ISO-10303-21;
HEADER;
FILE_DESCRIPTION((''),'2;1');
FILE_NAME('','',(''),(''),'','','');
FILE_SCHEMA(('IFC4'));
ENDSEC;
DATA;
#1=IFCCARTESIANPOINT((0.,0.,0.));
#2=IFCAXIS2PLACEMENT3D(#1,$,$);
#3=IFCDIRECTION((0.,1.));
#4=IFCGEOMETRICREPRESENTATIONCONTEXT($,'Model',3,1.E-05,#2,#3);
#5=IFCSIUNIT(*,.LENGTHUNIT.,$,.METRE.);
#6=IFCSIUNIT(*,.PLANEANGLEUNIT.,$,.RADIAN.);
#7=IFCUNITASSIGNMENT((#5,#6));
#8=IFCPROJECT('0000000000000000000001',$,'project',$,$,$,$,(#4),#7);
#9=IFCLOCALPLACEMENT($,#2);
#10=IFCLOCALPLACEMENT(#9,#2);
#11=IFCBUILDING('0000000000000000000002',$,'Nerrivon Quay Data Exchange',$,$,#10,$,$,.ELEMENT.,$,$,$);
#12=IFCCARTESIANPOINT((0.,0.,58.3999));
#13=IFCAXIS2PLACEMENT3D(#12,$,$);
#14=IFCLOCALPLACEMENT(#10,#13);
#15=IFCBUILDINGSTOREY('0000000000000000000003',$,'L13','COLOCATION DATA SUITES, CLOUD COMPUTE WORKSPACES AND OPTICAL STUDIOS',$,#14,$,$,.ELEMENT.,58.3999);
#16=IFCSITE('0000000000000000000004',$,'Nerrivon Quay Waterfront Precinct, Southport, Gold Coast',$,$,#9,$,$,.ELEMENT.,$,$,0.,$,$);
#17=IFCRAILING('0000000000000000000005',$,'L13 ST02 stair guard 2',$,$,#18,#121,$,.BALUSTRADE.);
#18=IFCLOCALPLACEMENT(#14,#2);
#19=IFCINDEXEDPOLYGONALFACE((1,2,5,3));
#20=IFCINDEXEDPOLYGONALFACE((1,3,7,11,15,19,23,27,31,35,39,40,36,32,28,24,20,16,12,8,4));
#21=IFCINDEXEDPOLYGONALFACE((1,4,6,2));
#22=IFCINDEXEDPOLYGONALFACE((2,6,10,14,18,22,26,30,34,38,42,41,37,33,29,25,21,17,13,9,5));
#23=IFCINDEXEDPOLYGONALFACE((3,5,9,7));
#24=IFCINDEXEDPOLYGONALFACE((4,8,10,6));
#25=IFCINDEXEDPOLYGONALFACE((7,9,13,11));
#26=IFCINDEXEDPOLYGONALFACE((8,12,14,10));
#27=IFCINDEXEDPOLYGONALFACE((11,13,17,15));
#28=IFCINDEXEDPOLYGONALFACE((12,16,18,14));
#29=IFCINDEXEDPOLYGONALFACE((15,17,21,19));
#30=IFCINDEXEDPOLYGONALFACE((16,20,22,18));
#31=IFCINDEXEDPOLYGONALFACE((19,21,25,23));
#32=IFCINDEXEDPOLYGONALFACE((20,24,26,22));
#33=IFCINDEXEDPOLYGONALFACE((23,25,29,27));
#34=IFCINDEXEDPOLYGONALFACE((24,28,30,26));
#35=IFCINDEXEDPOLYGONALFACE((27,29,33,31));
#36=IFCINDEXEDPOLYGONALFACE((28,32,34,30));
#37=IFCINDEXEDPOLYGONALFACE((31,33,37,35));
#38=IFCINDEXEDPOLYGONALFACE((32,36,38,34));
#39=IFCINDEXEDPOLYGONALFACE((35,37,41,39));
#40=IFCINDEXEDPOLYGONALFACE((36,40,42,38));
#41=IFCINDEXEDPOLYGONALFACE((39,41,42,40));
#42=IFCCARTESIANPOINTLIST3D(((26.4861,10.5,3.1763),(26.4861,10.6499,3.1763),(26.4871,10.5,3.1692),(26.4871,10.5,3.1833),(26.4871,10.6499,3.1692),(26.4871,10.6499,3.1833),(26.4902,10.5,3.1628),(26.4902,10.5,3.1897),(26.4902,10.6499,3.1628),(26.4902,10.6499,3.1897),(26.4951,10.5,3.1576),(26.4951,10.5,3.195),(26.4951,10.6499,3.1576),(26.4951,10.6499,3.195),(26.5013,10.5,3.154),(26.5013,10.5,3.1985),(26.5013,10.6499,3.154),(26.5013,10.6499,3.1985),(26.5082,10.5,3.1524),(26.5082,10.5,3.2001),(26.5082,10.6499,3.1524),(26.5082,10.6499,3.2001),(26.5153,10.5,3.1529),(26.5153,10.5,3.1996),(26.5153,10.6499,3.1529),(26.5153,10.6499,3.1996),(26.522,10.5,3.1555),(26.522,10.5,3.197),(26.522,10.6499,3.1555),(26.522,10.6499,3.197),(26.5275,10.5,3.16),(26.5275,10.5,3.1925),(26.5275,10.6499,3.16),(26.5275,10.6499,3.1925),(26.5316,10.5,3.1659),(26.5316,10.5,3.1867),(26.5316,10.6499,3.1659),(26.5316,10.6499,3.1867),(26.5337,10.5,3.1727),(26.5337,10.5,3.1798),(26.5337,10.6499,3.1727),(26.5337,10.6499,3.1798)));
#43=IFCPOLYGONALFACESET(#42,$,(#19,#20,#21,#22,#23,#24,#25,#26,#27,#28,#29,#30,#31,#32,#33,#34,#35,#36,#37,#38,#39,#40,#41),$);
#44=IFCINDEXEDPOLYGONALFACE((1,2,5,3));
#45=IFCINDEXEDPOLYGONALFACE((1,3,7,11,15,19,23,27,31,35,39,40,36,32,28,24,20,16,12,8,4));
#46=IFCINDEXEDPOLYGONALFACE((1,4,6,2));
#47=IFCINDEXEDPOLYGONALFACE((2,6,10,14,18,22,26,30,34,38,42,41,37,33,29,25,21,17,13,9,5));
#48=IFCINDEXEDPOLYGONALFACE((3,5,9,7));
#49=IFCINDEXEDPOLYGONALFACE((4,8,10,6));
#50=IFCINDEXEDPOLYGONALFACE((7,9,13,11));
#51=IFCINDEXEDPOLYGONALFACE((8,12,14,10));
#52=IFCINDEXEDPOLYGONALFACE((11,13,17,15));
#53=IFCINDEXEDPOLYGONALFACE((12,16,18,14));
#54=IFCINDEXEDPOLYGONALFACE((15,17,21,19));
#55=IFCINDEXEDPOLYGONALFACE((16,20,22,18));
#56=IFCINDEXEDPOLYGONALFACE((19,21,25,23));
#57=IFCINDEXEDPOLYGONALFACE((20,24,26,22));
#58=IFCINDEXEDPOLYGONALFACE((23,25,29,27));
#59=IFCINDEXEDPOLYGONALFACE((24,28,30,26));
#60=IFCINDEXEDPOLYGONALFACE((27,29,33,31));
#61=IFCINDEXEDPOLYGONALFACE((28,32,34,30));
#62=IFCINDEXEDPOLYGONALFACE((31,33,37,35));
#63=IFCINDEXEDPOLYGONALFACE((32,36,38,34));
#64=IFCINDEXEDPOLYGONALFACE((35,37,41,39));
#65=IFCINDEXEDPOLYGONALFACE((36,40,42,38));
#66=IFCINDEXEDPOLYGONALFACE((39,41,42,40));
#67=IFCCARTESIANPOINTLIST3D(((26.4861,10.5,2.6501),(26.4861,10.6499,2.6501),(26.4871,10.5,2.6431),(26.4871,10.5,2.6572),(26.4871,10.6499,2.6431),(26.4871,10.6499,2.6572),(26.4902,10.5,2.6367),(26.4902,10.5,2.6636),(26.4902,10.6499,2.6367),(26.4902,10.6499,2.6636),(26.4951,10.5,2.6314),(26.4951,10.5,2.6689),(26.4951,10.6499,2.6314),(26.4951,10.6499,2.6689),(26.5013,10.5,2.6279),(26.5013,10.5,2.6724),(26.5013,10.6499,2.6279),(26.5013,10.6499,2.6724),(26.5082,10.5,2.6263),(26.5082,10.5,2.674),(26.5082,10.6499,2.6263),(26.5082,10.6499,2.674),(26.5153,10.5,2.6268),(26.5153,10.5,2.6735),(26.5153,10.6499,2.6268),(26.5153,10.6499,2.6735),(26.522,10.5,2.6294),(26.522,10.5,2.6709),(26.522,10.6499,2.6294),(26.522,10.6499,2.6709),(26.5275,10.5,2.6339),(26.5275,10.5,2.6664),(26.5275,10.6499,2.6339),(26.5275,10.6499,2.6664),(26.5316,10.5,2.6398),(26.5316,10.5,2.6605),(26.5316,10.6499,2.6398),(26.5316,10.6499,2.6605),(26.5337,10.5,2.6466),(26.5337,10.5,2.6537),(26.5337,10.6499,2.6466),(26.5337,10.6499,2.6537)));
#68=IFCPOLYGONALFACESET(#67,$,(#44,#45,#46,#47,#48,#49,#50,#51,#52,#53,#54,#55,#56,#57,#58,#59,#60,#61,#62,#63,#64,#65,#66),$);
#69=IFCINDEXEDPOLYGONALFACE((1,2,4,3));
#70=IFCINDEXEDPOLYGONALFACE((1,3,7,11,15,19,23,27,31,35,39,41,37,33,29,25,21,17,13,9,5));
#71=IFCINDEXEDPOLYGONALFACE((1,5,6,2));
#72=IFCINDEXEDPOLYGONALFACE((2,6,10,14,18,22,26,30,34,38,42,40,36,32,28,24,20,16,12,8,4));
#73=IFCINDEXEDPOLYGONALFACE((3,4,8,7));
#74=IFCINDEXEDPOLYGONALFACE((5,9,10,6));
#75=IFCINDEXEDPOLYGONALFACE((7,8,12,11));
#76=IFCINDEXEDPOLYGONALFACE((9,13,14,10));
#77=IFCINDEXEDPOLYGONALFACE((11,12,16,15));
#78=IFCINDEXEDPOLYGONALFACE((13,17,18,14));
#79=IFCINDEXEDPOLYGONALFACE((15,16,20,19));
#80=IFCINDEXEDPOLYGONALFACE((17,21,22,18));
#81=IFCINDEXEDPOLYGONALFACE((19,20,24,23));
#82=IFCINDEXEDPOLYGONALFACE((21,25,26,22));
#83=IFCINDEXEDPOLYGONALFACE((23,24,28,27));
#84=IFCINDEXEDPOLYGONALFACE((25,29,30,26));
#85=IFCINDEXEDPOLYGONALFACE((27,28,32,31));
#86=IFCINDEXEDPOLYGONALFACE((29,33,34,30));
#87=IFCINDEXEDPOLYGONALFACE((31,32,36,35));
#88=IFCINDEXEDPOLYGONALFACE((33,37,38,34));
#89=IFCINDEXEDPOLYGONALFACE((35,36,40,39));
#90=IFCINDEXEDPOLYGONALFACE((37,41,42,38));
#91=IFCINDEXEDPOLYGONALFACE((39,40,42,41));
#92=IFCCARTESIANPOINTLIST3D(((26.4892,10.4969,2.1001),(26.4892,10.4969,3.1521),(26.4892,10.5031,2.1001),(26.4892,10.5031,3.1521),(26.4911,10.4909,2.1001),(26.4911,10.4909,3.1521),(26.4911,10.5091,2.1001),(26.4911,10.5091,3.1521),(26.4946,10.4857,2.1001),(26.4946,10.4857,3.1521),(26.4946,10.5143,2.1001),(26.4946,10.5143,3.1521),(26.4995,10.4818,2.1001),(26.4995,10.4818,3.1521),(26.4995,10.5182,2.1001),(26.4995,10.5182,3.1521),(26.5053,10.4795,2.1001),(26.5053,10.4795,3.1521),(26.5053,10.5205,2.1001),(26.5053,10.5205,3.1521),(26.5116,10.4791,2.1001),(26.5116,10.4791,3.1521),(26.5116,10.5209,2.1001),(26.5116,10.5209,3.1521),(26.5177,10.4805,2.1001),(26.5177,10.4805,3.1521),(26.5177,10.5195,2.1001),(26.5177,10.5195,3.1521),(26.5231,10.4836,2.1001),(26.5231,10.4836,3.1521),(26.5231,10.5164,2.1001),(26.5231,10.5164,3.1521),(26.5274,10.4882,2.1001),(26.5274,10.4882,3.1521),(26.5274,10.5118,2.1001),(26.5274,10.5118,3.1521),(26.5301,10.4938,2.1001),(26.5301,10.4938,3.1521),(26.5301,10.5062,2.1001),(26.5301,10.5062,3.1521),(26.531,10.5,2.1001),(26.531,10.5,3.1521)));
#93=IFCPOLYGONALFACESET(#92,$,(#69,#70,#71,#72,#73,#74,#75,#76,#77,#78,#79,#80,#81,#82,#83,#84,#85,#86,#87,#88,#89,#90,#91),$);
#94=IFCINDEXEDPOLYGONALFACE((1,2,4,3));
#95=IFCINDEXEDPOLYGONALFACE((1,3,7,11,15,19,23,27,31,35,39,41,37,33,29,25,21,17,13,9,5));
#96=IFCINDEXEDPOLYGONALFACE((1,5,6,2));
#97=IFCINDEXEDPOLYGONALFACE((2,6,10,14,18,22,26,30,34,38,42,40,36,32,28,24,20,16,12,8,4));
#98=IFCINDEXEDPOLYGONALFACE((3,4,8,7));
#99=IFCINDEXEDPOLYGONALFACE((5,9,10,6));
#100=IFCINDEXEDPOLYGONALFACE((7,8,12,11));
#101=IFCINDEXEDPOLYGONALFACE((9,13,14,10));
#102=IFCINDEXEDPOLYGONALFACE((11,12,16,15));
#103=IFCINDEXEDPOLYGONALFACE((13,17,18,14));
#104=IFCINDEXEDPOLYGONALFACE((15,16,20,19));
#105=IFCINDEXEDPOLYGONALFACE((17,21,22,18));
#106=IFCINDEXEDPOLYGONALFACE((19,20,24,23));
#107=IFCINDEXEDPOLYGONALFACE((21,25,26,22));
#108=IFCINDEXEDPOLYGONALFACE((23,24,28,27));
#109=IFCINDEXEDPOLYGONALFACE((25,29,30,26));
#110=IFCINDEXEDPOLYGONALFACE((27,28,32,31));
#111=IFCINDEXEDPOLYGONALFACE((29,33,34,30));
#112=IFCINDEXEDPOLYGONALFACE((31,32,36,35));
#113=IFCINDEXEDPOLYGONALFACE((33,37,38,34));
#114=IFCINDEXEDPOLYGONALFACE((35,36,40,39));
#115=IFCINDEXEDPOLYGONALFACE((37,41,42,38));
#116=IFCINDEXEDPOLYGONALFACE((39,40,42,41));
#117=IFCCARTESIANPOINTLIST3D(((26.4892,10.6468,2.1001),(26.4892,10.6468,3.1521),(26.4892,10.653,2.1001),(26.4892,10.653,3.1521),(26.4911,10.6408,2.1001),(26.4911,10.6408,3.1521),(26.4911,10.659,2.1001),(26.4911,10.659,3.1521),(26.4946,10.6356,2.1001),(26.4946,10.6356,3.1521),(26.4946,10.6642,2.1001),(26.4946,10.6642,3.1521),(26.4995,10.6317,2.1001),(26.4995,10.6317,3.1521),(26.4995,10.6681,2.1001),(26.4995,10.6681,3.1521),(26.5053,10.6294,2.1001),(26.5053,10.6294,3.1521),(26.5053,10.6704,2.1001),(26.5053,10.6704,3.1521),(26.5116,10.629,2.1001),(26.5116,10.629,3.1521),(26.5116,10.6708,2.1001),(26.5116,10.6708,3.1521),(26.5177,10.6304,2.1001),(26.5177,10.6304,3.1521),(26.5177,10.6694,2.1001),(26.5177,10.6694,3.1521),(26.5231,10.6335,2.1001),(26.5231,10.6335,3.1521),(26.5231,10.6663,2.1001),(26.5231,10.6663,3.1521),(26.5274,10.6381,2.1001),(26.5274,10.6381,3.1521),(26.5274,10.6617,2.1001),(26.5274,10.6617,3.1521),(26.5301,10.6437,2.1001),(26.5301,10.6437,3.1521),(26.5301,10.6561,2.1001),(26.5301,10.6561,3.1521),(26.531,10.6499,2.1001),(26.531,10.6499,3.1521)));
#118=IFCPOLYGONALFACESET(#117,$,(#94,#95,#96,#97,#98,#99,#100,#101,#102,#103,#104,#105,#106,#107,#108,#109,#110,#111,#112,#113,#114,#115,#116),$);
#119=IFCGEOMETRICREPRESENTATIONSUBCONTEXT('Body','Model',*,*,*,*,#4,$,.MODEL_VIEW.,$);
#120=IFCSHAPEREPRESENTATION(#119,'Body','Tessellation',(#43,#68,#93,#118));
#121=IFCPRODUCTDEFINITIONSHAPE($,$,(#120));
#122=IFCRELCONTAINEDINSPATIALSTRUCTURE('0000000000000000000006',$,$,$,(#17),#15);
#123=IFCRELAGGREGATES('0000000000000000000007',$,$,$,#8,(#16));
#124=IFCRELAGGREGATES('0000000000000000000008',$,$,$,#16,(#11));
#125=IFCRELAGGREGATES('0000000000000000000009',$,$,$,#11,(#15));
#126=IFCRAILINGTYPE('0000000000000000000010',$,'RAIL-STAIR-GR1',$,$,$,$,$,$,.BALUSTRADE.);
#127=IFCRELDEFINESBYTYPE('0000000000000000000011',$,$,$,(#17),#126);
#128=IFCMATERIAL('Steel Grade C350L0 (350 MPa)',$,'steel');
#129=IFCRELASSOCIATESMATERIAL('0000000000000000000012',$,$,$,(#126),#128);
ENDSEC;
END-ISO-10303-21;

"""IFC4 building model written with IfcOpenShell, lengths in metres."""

from ifc_helpers import new_model, si_unit, direction, frame, origin, origin_2d, place, context, subcontext, project, spatial, circle, extrude, material, type_object, element, save


model = new_model("IFC4")

# Units and contexts
model_context = context("Model", 3, precision=1e-05, world=origin(), true_north=direction((0.0, 1.0)))
body_context = subcontext(model_context, "Body", "Model", "MODEL_VIEW")
ifc_project = project(units=[si_unit("LENGTHUNIT", "METRE"), si_unit("PLANEANGLEUNIT", "RADIAN")], contexts=[model_context])

# Site, building, storey
site_placement = place(None, origin())
site = spatial("IfcSite", under=ifc_project, at=site_placement, Name="Nerrivon Quay Waterfront Precinct, Southport, Gold Coast", CompositionType="ELEMENT", RefElevation=0.0)
building_placement = place(site_placement, origin())
building = spatial("IfcBuilding", under=site, at=building_placement, Name="Nerrivon Quay Data Exchange", CompositionType="ELEMENT")
storey_placement = place(building_placement, frame((0.0, 0.0, 58.3999)))
storey = spatial("IfcBuildingStorey", under=building, at=storey_placement, Name="L13", Description="COLOCATION DATA SUITES, CLOUD COMPUTE WORKSPACES AND OPTICAL STUDIOS", CompositionType="ELEMENT", Elevation=58.3999)

# Railing
ifc_material_1 = material(Name="Steel Grade C350L0 (350 MPa)", Category="steel")
railing_type_1 = type_object("IfcRailingType", Name="RAIL-STAIR-GR1", PredefinedType="BALUSTRADE", material=ifc_material_1)
railing_1_placement = place(storey_placement, frame((26.51, 10.5, 2.1001)))
element("IfcRailing", 1, at=railing_1_placement, inside=storey, type_object=railing_type_1, Name="L13 ST02 stair guard 2", PredefinedType="BALUSTRADE", context=body_context, shape_type="SweptSolid", body=[
    extrude(circle(Radius=0.0239, at=origin_2d()), frame((0.0, 0.0, 1.0762), z_axis=(0.0, 1.0, 0.0), x_axis=(-1.0, 0.0, 0.0)), (0.0, 0.0, 1.0), 0.1499),
    extrude(circle(Radius=0.0239, at=origin_2d()), frame((0.0, 0.0, 0.55), z_axis=(0.0, 1.0, 0.0), x_axis=(-1.0, 0.0, 0.0)), (0.0, 0.0, 1.0), 0.1499),
    extrude(circle(Radius=0.021, at=origin_2d()), origin(), (0.0, 0.0, 1.0), 1.052),
    extrude(circle(Radius=0.021, at=origin_2d()), frame((0.0, 0.1499, 0.0)), (0.0, 0.0, 1.0), 1.052),
])

save(model, "model.ifc")
